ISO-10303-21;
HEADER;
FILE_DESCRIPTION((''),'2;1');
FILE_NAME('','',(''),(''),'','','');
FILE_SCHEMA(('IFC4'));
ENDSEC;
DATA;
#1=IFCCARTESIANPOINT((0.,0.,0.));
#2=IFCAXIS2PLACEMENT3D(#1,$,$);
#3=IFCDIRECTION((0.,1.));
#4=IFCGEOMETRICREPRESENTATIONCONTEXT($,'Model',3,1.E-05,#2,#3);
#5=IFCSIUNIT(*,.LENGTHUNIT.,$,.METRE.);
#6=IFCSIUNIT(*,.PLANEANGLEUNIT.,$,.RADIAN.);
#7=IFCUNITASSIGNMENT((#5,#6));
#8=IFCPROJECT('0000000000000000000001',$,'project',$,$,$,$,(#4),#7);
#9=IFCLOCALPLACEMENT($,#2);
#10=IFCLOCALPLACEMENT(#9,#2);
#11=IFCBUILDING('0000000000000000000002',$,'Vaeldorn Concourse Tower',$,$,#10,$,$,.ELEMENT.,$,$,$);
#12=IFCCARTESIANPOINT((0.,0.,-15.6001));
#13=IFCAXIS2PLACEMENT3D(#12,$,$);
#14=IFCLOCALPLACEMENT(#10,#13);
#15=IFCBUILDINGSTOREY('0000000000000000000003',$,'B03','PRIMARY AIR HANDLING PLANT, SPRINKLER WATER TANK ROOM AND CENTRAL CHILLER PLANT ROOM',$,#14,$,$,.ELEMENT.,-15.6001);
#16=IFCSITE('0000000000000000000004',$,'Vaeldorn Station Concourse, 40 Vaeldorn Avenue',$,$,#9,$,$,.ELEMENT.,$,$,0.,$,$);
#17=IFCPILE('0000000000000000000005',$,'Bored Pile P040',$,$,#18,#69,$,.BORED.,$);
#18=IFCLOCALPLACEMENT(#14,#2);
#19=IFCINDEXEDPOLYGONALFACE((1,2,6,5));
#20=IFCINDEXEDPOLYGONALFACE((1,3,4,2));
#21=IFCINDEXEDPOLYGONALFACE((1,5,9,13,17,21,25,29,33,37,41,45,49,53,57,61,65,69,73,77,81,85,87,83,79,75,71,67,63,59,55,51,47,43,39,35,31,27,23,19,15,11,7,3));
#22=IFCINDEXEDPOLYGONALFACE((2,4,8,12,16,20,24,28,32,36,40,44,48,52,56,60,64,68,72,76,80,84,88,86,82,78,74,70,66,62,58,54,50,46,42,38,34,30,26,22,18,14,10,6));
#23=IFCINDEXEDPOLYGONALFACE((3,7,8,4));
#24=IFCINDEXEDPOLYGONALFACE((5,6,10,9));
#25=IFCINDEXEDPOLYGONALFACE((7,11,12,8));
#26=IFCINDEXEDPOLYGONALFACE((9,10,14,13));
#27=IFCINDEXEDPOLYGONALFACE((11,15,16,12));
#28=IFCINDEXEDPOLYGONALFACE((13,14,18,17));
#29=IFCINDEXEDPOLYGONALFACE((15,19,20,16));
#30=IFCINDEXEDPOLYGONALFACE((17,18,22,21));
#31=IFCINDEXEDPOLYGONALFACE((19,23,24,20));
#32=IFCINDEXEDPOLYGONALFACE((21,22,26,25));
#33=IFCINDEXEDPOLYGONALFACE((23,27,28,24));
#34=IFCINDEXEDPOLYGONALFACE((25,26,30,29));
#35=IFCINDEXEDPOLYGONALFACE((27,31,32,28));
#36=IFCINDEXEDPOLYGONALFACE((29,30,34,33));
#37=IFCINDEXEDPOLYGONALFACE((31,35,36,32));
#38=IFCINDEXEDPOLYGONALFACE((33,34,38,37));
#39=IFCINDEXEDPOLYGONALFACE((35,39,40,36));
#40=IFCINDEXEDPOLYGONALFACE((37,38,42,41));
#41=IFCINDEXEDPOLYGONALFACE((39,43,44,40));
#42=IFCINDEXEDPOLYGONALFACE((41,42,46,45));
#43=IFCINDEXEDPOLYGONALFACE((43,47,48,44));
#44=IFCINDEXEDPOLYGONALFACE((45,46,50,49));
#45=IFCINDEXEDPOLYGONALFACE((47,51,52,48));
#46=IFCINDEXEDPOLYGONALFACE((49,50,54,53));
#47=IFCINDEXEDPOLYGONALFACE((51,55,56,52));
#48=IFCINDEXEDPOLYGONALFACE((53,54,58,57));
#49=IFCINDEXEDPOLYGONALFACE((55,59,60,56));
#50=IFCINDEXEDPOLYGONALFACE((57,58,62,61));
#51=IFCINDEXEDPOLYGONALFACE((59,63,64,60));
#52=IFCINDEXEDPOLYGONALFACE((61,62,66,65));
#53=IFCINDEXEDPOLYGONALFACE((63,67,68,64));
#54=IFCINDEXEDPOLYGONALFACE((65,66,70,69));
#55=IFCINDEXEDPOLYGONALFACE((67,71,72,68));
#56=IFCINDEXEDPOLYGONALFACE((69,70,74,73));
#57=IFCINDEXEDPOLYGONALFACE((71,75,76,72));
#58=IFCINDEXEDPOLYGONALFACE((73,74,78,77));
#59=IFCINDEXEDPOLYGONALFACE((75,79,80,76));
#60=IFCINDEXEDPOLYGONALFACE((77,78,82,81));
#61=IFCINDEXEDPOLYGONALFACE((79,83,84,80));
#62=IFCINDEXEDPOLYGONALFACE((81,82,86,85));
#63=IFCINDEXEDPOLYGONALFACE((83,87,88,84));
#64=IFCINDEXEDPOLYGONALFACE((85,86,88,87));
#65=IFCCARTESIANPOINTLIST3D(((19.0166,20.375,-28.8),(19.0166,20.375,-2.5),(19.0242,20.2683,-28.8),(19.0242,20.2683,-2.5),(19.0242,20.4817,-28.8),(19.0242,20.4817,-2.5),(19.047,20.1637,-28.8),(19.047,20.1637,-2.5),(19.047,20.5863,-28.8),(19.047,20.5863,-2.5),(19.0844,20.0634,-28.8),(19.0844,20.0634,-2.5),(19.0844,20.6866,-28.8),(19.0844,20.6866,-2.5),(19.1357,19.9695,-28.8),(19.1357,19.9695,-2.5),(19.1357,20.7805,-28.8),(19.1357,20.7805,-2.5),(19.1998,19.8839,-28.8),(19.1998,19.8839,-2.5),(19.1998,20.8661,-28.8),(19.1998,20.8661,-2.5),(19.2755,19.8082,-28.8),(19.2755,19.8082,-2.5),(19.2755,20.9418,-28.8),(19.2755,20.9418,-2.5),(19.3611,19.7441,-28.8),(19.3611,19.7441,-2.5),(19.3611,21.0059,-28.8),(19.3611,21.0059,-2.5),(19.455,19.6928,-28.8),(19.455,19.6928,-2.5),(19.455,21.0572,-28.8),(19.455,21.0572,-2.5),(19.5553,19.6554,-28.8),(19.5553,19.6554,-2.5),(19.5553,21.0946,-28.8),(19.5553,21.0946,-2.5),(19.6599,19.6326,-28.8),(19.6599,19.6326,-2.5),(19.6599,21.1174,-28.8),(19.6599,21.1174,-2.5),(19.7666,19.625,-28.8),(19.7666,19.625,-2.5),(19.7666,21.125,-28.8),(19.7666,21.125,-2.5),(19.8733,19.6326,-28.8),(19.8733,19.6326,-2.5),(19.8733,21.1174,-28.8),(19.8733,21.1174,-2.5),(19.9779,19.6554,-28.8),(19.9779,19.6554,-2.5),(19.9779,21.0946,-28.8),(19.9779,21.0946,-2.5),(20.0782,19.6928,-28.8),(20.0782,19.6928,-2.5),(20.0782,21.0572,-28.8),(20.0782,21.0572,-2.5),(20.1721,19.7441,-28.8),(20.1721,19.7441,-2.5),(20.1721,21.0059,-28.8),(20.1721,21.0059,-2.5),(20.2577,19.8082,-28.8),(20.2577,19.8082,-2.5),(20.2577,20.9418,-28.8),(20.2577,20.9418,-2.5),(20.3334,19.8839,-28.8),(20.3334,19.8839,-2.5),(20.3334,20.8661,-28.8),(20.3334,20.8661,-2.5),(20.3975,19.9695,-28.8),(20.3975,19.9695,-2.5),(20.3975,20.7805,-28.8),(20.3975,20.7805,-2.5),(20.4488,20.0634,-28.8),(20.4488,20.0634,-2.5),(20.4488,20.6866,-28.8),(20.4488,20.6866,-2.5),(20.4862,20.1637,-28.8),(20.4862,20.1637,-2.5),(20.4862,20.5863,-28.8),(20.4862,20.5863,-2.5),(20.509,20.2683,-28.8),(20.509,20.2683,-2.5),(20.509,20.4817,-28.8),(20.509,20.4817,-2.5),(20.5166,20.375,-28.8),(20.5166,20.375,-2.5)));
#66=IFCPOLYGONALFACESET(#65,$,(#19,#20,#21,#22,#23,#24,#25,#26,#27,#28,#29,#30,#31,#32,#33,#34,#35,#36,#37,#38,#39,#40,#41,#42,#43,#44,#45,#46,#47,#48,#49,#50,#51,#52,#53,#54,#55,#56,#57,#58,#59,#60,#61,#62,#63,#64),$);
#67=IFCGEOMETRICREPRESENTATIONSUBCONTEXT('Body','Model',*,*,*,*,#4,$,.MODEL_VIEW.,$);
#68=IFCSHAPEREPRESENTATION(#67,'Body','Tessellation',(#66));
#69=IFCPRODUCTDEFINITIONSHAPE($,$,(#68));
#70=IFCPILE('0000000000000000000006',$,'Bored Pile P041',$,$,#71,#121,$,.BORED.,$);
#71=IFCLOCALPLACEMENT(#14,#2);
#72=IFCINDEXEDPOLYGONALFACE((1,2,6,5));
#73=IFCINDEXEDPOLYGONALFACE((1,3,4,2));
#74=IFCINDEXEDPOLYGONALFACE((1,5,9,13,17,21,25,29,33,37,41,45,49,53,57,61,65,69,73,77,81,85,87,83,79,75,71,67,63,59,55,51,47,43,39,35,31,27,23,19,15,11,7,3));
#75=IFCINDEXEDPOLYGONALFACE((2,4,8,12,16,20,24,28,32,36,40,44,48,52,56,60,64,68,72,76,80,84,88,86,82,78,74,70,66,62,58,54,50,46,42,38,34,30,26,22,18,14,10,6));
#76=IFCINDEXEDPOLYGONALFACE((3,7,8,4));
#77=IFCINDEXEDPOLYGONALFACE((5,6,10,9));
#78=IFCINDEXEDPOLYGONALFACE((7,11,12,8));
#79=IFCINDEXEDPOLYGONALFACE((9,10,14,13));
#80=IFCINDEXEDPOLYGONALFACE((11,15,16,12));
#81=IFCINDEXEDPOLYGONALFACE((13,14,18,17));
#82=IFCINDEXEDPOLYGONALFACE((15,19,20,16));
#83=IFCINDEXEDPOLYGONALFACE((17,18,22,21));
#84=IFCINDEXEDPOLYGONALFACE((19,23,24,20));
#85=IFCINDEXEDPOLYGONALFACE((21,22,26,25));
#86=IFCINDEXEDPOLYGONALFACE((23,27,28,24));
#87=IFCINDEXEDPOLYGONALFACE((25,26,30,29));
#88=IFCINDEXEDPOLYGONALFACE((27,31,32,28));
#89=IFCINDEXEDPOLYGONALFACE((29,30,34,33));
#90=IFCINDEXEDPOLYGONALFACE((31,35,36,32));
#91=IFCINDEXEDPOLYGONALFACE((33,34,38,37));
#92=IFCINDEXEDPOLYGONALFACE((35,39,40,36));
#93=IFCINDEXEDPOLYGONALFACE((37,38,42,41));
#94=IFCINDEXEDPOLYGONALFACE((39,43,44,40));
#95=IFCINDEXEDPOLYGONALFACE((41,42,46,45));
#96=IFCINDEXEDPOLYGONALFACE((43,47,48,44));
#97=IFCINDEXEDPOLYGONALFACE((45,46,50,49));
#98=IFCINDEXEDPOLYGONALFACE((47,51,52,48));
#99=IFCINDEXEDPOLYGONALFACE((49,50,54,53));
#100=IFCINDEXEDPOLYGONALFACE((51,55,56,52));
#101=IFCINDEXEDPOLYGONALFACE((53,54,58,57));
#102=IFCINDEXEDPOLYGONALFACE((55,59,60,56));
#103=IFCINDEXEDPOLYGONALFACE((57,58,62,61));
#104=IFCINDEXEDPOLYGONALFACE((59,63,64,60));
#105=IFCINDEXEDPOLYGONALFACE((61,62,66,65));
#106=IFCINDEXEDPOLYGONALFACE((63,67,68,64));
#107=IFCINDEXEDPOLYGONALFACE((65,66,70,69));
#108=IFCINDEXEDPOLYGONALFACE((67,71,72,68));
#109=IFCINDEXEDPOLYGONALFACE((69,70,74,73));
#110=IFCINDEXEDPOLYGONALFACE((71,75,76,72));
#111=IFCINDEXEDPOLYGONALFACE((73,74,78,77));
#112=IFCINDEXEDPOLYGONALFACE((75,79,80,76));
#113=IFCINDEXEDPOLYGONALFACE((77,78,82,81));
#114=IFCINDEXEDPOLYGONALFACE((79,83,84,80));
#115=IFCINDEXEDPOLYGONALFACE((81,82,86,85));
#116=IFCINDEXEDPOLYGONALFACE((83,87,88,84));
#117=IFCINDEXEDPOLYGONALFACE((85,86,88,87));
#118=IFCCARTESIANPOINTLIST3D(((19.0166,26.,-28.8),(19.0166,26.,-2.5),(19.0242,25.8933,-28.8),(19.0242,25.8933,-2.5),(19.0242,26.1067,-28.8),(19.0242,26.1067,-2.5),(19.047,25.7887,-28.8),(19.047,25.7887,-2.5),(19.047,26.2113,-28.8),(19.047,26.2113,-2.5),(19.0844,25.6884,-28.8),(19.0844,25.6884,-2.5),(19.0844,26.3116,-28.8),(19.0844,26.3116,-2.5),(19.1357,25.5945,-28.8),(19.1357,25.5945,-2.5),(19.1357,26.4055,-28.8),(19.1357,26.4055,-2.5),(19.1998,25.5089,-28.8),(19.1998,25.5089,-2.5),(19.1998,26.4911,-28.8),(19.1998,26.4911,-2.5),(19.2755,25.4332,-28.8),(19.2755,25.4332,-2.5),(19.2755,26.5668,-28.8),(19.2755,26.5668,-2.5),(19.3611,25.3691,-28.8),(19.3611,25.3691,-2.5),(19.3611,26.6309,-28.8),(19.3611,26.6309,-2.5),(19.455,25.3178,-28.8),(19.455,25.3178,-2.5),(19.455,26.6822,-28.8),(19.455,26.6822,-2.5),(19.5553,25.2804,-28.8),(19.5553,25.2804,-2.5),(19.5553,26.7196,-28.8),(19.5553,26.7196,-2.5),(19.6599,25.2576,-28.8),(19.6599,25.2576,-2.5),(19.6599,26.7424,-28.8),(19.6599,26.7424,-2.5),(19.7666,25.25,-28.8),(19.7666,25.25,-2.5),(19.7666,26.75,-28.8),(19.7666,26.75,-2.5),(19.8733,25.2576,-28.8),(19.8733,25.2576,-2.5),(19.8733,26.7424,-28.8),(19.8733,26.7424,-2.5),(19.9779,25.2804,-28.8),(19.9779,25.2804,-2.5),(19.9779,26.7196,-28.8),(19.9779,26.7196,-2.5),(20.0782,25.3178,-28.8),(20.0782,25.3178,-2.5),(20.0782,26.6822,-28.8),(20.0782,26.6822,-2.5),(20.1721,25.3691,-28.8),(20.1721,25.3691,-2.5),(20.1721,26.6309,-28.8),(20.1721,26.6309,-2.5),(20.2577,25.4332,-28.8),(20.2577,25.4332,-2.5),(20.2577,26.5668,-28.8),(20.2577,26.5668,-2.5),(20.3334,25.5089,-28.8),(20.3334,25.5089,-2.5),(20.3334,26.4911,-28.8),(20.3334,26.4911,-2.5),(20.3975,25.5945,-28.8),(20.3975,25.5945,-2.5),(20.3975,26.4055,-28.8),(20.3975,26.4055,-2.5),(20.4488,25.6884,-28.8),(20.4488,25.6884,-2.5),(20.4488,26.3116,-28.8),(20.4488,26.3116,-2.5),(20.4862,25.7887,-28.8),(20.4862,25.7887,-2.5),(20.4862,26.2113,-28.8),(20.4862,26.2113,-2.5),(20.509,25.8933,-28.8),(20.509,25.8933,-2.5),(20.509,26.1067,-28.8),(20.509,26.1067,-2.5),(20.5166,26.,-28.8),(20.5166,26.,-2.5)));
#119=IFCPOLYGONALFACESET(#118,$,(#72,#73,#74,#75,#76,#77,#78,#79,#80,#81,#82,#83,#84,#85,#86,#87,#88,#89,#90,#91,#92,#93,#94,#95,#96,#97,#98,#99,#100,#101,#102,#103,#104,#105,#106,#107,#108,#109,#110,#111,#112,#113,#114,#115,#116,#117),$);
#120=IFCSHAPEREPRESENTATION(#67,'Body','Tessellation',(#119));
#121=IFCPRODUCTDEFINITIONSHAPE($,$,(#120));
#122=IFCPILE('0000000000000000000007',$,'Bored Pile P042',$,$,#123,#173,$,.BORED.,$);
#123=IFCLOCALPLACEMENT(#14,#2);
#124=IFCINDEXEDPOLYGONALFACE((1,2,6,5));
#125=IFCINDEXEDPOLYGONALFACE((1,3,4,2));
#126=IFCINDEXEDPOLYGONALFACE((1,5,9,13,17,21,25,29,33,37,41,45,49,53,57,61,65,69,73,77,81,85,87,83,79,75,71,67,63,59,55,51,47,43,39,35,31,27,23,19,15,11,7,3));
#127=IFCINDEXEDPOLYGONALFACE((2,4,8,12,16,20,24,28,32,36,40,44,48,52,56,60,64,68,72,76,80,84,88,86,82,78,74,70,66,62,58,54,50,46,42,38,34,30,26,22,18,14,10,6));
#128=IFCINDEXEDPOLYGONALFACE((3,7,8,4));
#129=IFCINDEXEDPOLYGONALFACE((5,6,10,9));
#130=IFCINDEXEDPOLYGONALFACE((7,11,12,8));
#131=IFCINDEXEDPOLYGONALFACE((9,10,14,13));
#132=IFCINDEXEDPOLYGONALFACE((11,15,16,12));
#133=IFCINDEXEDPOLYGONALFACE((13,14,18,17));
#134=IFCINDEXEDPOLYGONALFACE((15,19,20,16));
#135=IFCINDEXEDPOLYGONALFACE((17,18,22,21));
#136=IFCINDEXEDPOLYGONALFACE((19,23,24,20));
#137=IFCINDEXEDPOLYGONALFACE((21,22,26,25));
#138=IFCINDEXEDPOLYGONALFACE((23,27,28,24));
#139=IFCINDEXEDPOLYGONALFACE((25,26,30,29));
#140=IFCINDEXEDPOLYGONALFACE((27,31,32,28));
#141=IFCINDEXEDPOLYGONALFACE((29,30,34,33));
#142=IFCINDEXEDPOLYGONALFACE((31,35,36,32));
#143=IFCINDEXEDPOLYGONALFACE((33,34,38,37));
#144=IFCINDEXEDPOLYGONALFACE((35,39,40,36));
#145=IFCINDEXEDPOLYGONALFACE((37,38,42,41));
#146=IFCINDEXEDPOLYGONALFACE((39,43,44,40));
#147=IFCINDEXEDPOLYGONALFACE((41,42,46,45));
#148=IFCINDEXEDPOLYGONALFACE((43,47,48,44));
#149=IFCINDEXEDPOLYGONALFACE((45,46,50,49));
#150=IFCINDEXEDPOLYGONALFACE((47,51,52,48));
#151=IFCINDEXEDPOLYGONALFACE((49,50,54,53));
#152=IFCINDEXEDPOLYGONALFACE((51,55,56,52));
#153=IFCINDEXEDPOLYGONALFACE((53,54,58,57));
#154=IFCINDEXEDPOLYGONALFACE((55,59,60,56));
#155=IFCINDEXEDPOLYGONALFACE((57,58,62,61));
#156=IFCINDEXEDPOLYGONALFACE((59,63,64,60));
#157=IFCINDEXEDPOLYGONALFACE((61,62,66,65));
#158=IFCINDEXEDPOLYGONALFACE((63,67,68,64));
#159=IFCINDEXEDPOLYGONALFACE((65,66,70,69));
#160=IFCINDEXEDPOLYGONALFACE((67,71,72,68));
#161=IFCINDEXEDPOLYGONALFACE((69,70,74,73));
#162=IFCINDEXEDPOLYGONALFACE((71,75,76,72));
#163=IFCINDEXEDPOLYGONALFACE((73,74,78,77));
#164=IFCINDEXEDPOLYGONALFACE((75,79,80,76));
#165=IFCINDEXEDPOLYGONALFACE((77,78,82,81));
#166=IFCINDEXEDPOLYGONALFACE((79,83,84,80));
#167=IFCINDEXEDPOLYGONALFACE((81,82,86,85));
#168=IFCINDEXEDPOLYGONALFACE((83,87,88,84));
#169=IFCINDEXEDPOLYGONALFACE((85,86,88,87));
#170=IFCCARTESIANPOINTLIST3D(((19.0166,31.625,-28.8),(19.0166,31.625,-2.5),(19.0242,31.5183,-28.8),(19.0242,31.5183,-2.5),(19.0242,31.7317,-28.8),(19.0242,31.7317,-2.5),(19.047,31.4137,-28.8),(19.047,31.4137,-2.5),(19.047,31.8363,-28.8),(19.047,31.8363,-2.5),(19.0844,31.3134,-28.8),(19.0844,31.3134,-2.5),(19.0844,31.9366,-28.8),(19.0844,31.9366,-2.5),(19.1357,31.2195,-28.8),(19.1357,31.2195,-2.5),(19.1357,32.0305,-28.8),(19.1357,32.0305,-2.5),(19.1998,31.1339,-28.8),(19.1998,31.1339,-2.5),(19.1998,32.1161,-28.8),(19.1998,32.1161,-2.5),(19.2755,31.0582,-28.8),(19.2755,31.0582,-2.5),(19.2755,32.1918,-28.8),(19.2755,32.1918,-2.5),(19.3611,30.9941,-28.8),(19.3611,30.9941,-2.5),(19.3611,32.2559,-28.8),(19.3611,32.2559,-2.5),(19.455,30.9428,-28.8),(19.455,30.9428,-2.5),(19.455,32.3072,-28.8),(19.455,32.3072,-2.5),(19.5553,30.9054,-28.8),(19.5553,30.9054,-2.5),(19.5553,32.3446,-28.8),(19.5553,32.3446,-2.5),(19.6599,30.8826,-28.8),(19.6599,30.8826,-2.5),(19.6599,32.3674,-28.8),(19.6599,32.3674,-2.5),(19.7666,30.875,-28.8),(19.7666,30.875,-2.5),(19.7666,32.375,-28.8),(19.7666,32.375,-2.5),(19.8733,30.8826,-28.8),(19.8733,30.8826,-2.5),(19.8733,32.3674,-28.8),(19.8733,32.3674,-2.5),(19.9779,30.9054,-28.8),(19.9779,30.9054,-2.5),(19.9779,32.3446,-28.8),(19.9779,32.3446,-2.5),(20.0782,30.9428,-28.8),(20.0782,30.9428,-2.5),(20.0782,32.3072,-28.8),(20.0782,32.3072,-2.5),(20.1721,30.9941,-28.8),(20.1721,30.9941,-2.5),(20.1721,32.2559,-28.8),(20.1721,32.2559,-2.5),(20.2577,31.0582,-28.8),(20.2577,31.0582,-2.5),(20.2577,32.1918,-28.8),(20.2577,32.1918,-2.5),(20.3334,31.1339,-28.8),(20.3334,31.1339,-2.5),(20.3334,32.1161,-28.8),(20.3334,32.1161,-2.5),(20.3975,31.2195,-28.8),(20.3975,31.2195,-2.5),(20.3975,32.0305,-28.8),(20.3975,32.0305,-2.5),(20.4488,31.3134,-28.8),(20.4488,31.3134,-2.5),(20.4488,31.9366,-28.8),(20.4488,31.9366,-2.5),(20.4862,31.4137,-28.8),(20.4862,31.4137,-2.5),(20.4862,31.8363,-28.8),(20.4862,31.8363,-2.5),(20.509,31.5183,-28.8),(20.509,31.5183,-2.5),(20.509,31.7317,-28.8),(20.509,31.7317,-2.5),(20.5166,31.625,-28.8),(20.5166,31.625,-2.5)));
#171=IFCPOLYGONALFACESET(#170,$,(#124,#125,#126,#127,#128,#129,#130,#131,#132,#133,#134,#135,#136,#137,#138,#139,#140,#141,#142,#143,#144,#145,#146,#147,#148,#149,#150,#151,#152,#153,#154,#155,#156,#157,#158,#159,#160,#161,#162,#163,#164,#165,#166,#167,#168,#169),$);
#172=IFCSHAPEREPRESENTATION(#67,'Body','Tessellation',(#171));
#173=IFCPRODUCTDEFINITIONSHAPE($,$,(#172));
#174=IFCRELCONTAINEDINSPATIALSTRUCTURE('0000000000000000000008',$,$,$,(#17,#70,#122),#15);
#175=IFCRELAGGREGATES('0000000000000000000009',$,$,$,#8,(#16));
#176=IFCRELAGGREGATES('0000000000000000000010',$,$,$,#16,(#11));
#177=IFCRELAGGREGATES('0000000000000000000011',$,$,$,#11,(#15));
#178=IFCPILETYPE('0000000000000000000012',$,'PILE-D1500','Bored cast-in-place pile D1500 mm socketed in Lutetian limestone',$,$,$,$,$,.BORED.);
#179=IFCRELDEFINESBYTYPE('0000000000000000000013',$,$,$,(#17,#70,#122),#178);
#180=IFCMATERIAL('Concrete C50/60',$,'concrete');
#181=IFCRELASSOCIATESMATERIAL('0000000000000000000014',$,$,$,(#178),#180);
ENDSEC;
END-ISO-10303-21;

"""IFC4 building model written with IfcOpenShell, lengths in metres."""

from ifc_helpers import new_model, si_unit, direction, frame, origin, origin_2d, place, context, subcontext, project, spatial, circle, extrude, material, material_profile, profile_set, type_object, element, save


model = new_model("IFC4")

# Units and contexts
model_context = context("Model", 3, precision=1e-05, world=origin(), true_north=direction((0.0, 1.0)))
body_context = subcontext(model_context, "Body", "Model", "MODEL_VIEW")
ifc_project = project(units=[si_unit("LENGTHUNIT", "METRE"), si_unit("PLANEANGLEUNIT", "RADIAN")], contexts=[model_context])

# Site, building, storey
site_placement = place(None, origin())
site = spatial("IfcSite", under=ifc_project, at=site_placement, Name="Vaeldorn Station Concourse, 40 Vaeldorn Avenue", CompositionType="ELEMENT", RefElevation=0.0)
building_placement = place(site_placement, origin())
building = spatial("IfcBuilding", under=site, at=building_placement, Name="Vaeldorn Concourse Tower", CompositionType="ELEMENT")
storey_placement = place(building_placement, frame((0.0, 0.0, -15.6001)))
storey = spatial("IfcBuildingStorey", under=building, at=storey_placement, Name="B03", Description="PRIMARY AIR HANDLING PLANT, SPRINKLER WATER TANK ROOM AND CENTRAL CHILLER PLANT ROOM", CompositionType="ELEMENT", Elevation=-15.6001)

# Piles
ifc_material_1 = material(Name="Concrete C50/60", Category="concrete")
ifc_material_profile_1 = material_profile(ifc_material_1, circle(Radius=0.75, at=origin_2d()), Name="BORED PILE D1500")
ifc_profile_set_1 = profile_set([ifc_material_profile_1], Name="Concrete C50/60")
pile_type = type_object("IfcPileType", Name="PILE-D1500", Description="Bored cast-in-place pile D1500 mm socketed in Lutetian limestone", PredefinedType="BORED", material=ifc_profile_set_1)
for number, where, z_axis, x_axis, name in (
    (1, (19.7666, 20.375, -2.5), (0.0, 0.0, -1.0), (1.0, 0.0, 0.0), "Bored Pile P040"),
    (2, (19.7666, 26.0, -2.5), (0.0, 0.0, -1.0), (1.0, 0.0, 0.0), "Bored Pile P041"),
    (3, (19.7666, 31.625, -2.5), (0.0, 0.0, -1.0), (1.0, 0.0, 0.0), "Bored Pile P042"),
):
    element("IfcPile", number, at=place(storey_placement, frame(where, z_axis=z_axis, x_axis=x_axis)), inside=storey, type_object=pile_type, Name=name, PredefinedType="BORED", context=body_context, shape_type="SweptSolid", body=[
        extrude(circle(Radius=0.75, at=origin_2d()), origin(), (0.0, 0.0, 1.0), 26.3),
    ])

save(model, "model.ifc")
